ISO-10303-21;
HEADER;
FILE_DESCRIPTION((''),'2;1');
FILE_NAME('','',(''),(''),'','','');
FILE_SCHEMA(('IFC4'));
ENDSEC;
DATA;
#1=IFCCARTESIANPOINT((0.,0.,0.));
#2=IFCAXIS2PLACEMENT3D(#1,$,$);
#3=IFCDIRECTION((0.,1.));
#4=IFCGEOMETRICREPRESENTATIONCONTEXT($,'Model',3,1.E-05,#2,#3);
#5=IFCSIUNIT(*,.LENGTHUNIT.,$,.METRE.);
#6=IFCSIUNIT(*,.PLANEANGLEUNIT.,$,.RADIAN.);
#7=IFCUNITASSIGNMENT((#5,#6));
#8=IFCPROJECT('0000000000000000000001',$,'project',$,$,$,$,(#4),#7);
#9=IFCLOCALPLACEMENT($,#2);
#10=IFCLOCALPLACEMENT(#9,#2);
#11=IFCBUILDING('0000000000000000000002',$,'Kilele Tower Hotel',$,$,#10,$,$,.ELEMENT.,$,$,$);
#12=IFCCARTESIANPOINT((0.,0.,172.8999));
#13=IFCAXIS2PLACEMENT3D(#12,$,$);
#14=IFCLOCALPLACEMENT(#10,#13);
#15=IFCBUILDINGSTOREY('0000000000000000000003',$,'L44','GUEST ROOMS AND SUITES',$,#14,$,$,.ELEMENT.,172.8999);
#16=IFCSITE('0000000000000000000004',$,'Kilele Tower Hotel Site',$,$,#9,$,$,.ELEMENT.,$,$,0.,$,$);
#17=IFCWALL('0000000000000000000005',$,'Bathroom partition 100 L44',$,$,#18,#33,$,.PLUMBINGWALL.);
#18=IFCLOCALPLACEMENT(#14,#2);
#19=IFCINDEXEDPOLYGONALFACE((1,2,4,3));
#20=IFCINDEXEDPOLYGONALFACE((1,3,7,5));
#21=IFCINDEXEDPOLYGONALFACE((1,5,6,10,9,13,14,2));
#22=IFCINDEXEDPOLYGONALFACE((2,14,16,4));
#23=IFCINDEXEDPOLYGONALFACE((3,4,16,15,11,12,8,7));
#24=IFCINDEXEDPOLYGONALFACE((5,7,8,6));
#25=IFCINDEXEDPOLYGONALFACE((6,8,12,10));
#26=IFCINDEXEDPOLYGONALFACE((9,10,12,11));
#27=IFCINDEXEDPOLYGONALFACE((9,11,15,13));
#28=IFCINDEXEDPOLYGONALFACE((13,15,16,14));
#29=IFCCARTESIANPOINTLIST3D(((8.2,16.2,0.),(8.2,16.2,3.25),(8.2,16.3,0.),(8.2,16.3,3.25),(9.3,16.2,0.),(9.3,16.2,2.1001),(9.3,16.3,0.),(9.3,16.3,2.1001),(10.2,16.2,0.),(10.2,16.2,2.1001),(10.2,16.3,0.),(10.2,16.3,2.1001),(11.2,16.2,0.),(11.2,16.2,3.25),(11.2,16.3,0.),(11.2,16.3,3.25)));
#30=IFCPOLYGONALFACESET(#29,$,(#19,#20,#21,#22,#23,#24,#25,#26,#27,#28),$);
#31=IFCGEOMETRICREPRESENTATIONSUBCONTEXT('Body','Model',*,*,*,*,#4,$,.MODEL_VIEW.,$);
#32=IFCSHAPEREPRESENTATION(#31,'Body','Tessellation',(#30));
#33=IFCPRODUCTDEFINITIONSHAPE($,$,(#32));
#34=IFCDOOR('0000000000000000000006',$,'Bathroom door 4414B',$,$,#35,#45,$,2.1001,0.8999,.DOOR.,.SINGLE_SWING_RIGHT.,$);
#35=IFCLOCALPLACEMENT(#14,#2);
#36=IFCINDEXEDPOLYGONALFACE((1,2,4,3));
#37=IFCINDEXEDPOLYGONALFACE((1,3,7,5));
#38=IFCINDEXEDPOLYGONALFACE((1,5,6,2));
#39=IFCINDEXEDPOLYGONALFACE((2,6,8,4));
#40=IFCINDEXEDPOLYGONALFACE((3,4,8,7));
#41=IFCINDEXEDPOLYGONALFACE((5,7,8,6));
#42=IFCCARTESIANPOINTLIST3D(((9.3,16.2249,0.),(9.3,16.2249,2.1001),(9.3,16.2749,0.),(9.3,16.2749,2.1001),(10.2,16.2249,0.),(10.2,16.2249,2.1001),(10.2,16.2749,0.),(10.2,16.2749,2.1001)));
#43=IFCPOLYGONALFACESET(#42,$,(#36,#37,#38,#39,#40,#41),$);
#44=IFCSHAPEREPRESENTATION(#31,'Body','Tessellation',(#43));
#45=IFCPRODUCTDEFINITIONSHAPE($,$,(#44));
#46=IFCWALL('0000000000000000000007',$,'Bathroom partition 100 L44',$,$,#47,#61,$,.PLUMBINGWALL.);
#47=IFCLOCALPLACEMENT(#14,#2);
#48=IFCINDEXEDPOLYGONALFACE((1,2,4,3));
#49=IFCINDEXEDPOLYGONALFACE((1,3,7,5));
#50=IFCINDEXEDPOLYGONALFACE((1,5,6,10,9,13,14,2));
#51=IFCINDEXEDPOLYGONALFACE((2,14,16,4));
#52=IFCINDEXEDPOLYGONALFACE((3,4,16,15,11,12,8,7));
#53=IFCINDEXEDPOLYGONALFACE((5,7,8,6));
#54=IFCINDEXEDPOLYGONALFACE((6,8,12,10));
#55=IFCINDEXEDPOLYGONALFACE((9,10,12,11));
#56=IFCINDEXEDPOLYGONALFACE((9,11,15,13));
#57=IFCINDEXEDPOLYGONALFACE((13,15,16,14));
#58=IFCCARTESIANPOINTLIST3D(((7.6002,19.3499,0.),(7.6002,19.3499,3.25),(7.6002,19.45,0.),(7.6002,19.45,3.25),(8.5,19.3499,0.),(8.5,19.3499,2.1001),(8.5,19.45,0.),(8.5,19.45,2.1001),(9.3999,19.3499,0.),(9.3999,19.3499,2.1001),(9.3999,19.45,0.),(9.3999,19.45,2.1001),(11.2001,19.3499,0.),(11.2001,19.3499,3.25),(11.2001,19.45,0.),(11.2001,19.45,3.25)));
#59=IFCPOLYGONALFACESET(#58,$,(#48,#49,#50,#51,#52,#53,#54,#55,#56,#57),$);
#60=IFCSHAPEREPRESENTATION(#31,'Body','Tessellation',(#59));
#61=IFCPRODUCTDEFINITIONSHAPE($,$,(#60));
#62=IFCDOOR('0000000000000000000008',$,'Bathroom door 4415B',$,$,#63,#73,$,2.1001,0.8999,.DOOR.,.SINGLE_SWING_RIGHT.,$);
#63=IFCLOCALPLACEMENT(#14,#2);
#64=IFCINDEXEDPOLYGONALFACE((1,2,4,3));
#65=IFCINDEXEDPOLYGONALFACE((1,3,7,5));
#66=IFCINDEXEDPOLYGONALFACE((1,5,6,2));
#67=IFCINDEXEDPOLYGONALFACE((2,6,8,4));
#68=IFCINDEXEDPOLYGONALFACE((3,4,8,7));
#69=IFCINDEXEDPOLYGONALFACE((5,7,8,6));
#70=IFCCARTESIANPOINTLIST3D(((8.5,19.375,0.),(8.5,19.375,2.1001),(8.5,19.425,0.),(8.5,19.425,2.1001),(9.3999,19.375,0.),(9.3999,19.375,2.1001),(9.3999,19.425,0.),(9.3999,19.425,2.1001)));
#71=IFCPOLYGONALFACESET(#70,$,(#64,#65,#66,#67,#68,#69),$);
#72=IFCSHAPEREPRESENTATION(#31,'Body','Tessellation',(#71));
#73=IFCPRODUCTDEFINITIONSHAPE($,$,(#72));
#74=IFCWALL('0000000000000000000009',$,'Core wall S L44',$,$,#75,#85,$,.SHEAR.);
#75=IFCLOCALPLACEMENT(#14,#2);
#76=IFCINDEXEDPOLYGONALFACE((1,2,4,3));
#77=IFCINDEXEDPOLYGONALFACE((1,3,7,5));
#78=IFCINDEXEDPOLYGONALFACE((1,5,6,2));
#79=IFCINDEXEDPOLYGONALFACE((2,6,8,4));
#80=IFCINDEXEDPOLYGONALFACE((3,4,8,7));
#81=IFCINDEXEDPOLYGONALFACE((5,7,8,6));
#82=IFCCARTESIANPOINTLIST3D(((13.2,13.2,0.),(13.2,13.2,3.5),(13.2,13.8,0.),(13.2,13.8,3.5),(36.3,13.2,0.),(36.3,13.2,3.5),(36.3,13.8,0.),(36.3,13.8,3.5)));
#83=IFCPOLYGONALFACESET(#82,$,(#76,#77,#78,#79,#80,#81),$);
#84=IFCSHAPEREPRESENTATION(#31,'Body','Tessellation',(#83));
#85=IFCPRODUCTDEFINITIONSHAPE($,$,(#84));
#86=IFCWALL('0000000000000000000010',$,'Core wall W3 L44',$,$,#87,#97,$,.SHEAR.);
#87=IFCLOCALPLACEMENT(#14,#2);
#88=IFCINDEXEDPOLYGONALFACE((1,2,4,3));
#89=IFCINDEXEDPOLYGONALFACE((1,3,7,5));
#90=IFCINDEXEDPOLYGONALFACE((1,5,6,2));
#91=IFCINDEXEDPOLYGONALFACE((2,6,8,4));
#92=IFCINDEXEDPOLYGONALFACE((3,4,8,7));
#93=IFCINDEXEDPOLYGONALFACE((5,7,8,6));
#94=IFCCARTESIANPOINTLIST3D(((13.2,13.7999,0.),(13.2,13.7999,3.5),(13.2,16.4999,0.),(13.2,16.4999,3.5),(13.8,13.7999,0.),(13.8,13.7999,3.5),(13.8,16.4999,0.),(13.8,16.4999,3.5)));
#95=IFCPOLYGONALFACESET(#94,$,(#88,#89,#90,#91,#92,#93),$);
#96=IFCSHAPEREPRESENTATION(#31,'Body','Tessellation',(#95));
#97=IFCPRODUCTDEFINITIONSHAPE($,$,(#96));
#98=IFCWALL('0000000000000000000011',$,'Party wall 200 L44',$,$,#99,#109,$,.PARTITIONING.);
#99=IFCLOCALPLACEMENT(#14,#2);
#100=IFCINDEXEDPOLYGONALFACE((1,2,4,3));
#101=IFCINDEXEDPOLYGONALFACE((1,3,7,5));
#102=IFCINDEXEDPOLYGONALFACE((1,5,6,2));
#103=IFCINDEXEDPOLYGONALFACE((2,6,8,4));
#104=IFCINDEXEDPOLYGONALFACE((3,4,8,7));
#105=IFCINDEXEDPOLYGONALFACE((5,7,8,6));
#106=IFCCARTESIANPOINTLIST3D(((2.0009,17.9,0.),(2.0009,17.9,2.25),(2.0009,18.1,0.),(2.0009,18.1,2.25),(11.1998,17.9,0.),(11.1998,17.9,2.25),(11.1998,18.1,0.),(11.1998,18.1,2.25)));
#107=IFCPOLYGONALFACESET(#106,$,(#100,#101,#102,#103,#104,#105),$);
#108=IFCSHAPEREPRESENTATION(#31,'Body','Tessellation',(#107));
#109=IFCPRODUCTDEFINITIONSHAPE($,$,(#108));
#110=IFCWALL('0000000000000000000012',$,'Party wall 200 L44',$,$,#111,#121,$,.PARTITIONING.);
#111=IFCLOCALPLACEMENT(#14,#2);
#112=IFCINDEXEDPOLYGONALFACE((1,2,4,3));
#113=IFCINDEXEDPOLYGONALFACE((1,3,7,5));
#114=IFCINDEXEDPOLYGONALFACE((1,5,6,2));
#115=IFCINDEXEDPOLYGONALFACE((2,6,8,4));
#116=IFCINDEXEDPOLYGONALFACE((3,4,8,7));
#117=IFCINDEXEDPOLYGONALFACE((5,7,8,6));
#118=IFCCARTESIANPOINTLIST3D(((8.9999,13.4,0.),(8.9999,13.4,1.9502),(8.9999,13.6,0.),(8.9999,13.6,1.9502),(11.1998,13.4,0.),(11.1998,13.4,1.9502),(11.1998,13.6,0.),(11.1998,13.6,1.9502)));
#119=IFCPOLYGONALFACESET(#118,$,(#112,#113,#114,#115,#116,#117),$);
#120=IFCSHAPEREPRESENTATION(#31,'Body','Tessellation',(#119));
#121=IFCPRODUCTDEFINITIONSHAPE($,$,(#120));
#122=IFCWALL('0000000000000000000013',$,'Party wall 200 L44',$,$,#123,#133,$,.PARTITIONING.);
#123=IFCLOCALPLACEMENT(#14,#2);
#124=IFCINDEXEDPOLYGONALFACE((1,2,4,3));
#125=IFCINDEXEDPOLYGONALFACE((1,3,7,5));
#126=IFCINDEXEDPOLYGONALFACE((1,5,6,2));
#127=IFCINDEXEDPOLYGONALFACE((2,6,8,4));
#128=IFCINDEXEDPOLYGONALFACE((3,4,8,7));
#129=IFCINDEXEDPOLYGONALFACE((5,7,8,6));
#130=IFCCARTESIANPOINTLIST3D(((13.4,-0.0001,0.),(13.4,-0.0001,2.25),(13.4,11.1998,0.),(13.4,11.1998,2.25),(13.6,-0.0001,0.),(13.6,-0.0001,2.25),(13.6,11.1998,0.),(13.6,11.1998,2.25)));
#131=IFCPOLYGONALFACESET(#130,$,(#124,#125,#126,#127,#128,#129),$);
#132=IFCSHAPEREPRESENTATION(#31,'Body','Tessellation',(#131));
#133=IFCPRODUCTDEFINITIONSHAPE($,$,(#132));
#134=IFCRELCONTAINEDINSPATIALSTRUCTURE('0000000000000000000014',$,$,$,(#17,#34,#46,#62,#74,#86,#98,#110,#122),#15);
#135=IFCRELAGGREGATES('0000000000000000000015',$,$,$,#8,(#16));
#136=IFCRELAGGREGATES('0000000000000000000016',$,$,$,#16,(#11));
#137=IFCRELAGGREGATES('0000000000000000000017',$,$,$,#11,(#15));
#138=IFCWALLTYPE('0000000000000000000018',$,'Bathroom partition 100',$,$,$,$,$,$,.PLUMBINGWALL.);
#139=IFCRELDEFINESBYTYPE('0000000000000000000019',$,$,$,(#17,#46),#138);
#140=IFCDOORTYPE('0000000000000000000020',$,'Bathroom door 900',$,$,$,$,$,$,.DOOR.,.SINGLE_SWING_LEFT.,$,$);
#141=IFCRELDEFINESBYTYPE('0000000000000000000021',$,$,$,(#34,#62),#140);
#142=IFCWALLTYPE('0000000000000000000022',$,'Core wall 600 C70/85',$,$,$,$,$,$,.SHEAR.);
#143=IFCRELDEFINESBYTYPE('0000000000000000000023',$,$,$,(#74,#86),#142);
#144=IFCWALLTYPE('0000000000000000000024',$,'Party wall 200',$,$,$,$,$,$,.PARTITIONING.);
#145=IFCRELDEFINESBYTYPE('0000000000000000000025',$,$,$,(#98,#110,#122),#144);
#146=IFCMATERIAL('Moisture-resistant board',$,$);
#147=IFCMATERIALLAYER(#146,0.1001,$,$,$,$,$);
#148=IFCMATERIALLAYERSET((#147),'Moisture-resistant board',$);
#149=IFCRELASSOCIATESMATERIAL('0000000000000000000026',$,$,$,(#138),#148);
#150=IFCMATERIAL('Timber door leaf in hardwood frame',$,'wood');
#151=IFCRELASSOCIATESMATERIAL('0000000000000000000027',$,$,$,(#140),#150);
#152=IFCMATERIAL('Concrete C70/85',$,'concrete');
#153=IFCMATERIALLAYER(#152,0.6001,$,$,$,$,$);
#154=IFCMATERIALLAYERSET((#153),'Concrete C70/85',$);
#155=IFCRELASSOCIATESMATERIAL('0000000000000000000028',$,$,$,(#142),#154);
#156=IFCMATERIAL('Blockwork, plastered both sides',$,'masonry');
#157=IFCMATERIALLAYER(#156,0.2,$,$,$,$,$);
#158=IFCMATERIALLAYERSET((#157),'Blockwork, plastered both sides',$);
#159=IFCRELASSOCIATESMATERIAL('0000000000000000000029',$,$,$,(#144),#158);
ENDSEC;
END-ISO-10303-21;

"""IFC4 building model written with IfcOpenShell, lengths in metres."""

from ifc_helpers import new_model, si_unit, direction, frame, frame_2d, origin, place, context, subcontext, project, spatial, rectangle, extrude, material, layer, layer_set, type_object, element, fill, save


model = new_model("IFC4")

# Units and contexts
model_context = context("Model", 3, precision=1e-05, world=origin(), true_north=direction((0.0, 1.0)))
body_context = subcontext(model_context, "Body", "Model", "MODEL_VIEW")
ifc_project = project(units=[si_unit("LENGTHUNIT", "METRE"), si_unit("PLANEANGLEUNIT", "RADIAN")], contexts=[model_context])

# Site, building, storey
site_placement = place(None, origin())
site = spatial("IfcSite", under=ifc_project, at=site_placement, Name="Kilele Tower Hotel Site", CompositionType="ELEMENT", RefElevation=0.0)
building_placement = place(site_placement, origin())
building = spatial("IfcBuilding", under=site, at=building_placement, Name="Kilele Tower Hotel", CompositionType="ELEMENT")
storey_placement = place(building_placement, frame((0.0, 0.0, 172.8999)))
storey = spatial("IfcBuildingStorey", under=building, at=storey_placement, Name="L44", Description="GUEST ROOMS AND SUITES", CompositionType="ELEMENT", Elevation=172.8999)

# Walls, openings, doors
ifc_material_1 = material(Name="Moisture-resistant board")
ifc_layer_1 = layer(ifc_material_1, 0.1001)
ifc_layer_set_1 = layer_set([ifc_layer_1], Name="Moisture-resistant board")
wall_type_1 = type_object("IfcWallType", Name="Bathroom partition 100", PredefinedType="PLUMBINGWALL", material=ifc_layer_set_1)
wall_1_placement = place(storey_placement, frame((11.2, 16.25, 0.0), z_axis=(0.0, 0.0, 1.0), x_axis=(-1.0, 0.0, 0.0)))
wall_1 = element("IfcWall", 1, at=wall_1_placement, inside=storey, type_object=wall_type_1, Name="Bathroom partition 100 L44", PredefinedType="PLUMBINGWALL", context=body_context, shape_type="SweptSolid", body=[
    extrude(rectangle(XDim=3.0, YDim=0.1001, at=frame_2d((1.5, 0.0))), origin(), (0.0, 0.0, 1.0), 3.25),
])
opening_1_placement = place(wall_1_placement, frame((1.8999, 0.0, 0.0), z_axis=(0.0, 0.0, 1.0), x_axis=(-1.0, 0.0, 0.0)))
opening_1 = element("IfcOpeningElement", 2, at=opening_1_placement, cuts=wall_1, PredefinedType="OPENING", context=body_context, shape_type="SweptSolid", body=[
    extrude(rectangle(XDim=0.8999, YDim=2.1001, at=frame_2d((0.45, 1.05))), frame((0.0, 0.0601, 0.0), z_axis=(0.0, -1.0, 0.0), x_axis=(1.0, 0.0, 0.0)), (0.0, 0.0, 1.0), 0.1201),
])
ifc_material_2 = material(Name="Timber door leaf in hardwood frame", Category="wood")
door_type = type_object("IfcDoorType", Name="Bathroom door 900", OperationType="SINGLE_SWING_LEFT", PredefinedType="DOOR", material=ifc_material_2)
door_1_placement = place(opening_1_placement, origin())
door_1 = element("IfcDoor", 3, at=door_1_placement, inside=storey, type_object=door_type, Name="Bathroom door 4414B", OperationType="SINGLE_SWING_RIGHT", OverallHeight=2.1001, OverallWidth=0.8999, PredefinedType="DOOR", context=body_context, shape_type="SweptSolid", body=[
    extrude(rectangle(XDim=0.8999, YDim=2.1001, at=frame_2d((0.45, 1.05))), frame((0.0, 0.0249, 0.0), z_axis=(0.0, -1.0, 0.0), x_axis=(1.0, 0.0, 0.0)), (0.0, 0.0, 1.0), 0.05),
])
fill(opening_1, door_1)
wall_2_placement = place(storey_placement, frame((11.2, 19.3999, 0.0), z_axis=(0.0, 0.0, 1.0), x_axis=(-1.0, 0.0, 0.0)))
wall_2 = element("IfcWall", 4, at=wall_2_placement, inside=storey, type_object=wall_type_1, Name="Bathroom partition 100 L44", PredefinedType="PLUMBINGWALL", context=body_context, shape_type="SweptSolid", body=[
    extrude(rectangle(XDim=3.5999, YDim=0.1001, at=frame_2d((1.7998, 0.0))), origin(), (0.0, 0.0, 1.0), 3.25),
])
opening_2_placement = place(wall_2_placement, frame((1.8, 0.0, 0.0)))
opening_2 = element("IfcOpeningElement", 5, at=opening_2_placement, cuts=wall_2, PredefinedType="OPENING", context=body_context, shape_type="SweptSolid", body=[
    extrude(rectangle(XDim=0.8999, YDim=2.1001, at=frame_2d((0.45, 1.05))), frame((0.0, 0.0601, 0.0), z_axis=(0.0, -1.0, 0.0), x_axis=(1.0, 0.0, 0.0)), (0.0, 0.0, 1.0), 0.1201),
])
door_2_placement = place(opening_2_placement, origin())
door_2 = element("IfcDoor", 6, at=door_2_placement, inside=storey, type_object=door_type, Name="Bathroom door 4415B", OperationType="SINGLE_SWING_RIGHT", OverallHeight=2.1001, OverallWidth=0.8999, PredefinedType="DOOR", context=body_context, shape_type="SweptSolid", body=[
    extrude(rectangle(XDim=0.8999, YDim=2.1001, at=frame_2d((0.45, 1.05))), frame((0.0, 0.0249, 0.0), z_axis=(0.0, -1.0, 0.0), x_axis=(1.0, 0.0, 0.0)), (0.0, 0.0, 1.0), 0.05),
])
fill(opening_2, door_2)

# Walls
ifc_material_3 = material(Name="Concrete C70/85", Category="concrete")
ifc_layer_2 = layer(ifc_material_3, 0.6001)
ifc_layer_set_2 = layer_set([ifc_layer_2], Name="Concrete C70/85")
wall_type_2 = type_object("IfcWallType", Name="Core wall 600 C70/85", PredefinedType="SHEAR", material=ifc_layer_set_2)
wall_3_placement = place(storey_placement, frame((13.2, 13.5, 0.0), z_axis=(0.0, 0.0, 1.0), x_axis=(1.0, 0.0, 0.0)))
element("IfcWall", 7, at=wall_3_placement, inside=storey, type_object=wall_type_2, Name="Core wall S L44", PredefinedType="SHEAR", context=body_context, shape_type="SweptSolid", body=[
    extrude(rectangle(XDim=23.1001, YDim=0.6001, at=frame_2d((11.55, 0.0))), origin(), (0.0, 0.0, 1.0), 3.5),
])
wall_4_placement = place(storey_placement, frame((13.5, 16.5, 0.0), z_axis=(0.0, 0.0, 1.0), x_axis=(0.0, -1.0, 0.0)))
element("IfcWall", 8, at=wall_4_placement, inside=storey, type_object=wall_type_2, Name="Core wall W3 L44", PredefinedType="SHEAR", context=body_context, shape_type="SweptSolid", body=[
    extrude(rectangle(XDim=2.7, YDim=0.6001, at=frame_2d((1.3501, 0.0))), origin(), (0.0, 0.0, 1.0), 3.5),
])
ifc_material_4 = material(Name="Blockwork, plastered both sides", Category="masonry")
ifc_layer_3 = layer(ifc_material_4, 0.2)
ifc_layer_set_3 = layer_set([ifc_layer_3], Name="Blockwork, plastered both sides")
wall_type_3 = type_object("IfcWallType", Name="Party wall 200", PredefinedType="PARTITIONING", material=ifc_layer_set_3)
wall_5_placement = place(storey_placement, frame((11.2, 18.0, 0.0), z_axis=(0.0, 0.0, 1.0), x_axis=(-1.0, 0.0, 0.0)))
element("IfcWall", 9, at=wall_5_placement, inside=storey, type_object=wall_type_3, Name="Party wall 200 L44", PredefinedType="PARTITIONING", context=body_context, shape_type="SweptSolid", body=[
    extrude(rectangle(XDim=9.199, YDim=0.2, at=frame_2d((4.5996, 0.0))), origin(), (0.0, 0.0, 1.0), 2.25),
])
wall_6_placement = place(storey_placement, frame((11.2, 13.5, 0.0), z_axis=(0.0, 0.0, 1.0), x_axis=(-1.0, 0.0, 0.0)))
element("IfcWall", 10, at=wall_6_placement, inside=storey, type_object=wall_type_3, Name="Party wall 200 L44", PredefinedType="PARTITIONING", context=body_context, shape_type="SweptSolid", body=[
    extrude(rectangle(XDim=2.2, YDim=0.2, at=frame_2d((1.1001, 0.0))), origin(), (0.0, 0.0, 1.0), 1.9502),
])
wall_7_placement = place(storey_placement, frame((13.5, 11.2, 0.0), z_axis=(0.0, 0.0, 1.0), x_axis=(0.0, -1.0, 0.0)))
element("IfcWall", 11, at=wall_7_placement, inside=storey, type_object=wall_type_3, Name="Party wall 200 L44", PredefinedType="PARTITIONING", context=body_context, shape_type="SweptSolid", body=[
    extrude(rectangle(XDim=11.2, YDim=0.2, at=frame_2d((5.6001, 0.0))), origin(), (0.0, 0.0, 1.0), 2.25),
])

save(model, "model.ifc")
